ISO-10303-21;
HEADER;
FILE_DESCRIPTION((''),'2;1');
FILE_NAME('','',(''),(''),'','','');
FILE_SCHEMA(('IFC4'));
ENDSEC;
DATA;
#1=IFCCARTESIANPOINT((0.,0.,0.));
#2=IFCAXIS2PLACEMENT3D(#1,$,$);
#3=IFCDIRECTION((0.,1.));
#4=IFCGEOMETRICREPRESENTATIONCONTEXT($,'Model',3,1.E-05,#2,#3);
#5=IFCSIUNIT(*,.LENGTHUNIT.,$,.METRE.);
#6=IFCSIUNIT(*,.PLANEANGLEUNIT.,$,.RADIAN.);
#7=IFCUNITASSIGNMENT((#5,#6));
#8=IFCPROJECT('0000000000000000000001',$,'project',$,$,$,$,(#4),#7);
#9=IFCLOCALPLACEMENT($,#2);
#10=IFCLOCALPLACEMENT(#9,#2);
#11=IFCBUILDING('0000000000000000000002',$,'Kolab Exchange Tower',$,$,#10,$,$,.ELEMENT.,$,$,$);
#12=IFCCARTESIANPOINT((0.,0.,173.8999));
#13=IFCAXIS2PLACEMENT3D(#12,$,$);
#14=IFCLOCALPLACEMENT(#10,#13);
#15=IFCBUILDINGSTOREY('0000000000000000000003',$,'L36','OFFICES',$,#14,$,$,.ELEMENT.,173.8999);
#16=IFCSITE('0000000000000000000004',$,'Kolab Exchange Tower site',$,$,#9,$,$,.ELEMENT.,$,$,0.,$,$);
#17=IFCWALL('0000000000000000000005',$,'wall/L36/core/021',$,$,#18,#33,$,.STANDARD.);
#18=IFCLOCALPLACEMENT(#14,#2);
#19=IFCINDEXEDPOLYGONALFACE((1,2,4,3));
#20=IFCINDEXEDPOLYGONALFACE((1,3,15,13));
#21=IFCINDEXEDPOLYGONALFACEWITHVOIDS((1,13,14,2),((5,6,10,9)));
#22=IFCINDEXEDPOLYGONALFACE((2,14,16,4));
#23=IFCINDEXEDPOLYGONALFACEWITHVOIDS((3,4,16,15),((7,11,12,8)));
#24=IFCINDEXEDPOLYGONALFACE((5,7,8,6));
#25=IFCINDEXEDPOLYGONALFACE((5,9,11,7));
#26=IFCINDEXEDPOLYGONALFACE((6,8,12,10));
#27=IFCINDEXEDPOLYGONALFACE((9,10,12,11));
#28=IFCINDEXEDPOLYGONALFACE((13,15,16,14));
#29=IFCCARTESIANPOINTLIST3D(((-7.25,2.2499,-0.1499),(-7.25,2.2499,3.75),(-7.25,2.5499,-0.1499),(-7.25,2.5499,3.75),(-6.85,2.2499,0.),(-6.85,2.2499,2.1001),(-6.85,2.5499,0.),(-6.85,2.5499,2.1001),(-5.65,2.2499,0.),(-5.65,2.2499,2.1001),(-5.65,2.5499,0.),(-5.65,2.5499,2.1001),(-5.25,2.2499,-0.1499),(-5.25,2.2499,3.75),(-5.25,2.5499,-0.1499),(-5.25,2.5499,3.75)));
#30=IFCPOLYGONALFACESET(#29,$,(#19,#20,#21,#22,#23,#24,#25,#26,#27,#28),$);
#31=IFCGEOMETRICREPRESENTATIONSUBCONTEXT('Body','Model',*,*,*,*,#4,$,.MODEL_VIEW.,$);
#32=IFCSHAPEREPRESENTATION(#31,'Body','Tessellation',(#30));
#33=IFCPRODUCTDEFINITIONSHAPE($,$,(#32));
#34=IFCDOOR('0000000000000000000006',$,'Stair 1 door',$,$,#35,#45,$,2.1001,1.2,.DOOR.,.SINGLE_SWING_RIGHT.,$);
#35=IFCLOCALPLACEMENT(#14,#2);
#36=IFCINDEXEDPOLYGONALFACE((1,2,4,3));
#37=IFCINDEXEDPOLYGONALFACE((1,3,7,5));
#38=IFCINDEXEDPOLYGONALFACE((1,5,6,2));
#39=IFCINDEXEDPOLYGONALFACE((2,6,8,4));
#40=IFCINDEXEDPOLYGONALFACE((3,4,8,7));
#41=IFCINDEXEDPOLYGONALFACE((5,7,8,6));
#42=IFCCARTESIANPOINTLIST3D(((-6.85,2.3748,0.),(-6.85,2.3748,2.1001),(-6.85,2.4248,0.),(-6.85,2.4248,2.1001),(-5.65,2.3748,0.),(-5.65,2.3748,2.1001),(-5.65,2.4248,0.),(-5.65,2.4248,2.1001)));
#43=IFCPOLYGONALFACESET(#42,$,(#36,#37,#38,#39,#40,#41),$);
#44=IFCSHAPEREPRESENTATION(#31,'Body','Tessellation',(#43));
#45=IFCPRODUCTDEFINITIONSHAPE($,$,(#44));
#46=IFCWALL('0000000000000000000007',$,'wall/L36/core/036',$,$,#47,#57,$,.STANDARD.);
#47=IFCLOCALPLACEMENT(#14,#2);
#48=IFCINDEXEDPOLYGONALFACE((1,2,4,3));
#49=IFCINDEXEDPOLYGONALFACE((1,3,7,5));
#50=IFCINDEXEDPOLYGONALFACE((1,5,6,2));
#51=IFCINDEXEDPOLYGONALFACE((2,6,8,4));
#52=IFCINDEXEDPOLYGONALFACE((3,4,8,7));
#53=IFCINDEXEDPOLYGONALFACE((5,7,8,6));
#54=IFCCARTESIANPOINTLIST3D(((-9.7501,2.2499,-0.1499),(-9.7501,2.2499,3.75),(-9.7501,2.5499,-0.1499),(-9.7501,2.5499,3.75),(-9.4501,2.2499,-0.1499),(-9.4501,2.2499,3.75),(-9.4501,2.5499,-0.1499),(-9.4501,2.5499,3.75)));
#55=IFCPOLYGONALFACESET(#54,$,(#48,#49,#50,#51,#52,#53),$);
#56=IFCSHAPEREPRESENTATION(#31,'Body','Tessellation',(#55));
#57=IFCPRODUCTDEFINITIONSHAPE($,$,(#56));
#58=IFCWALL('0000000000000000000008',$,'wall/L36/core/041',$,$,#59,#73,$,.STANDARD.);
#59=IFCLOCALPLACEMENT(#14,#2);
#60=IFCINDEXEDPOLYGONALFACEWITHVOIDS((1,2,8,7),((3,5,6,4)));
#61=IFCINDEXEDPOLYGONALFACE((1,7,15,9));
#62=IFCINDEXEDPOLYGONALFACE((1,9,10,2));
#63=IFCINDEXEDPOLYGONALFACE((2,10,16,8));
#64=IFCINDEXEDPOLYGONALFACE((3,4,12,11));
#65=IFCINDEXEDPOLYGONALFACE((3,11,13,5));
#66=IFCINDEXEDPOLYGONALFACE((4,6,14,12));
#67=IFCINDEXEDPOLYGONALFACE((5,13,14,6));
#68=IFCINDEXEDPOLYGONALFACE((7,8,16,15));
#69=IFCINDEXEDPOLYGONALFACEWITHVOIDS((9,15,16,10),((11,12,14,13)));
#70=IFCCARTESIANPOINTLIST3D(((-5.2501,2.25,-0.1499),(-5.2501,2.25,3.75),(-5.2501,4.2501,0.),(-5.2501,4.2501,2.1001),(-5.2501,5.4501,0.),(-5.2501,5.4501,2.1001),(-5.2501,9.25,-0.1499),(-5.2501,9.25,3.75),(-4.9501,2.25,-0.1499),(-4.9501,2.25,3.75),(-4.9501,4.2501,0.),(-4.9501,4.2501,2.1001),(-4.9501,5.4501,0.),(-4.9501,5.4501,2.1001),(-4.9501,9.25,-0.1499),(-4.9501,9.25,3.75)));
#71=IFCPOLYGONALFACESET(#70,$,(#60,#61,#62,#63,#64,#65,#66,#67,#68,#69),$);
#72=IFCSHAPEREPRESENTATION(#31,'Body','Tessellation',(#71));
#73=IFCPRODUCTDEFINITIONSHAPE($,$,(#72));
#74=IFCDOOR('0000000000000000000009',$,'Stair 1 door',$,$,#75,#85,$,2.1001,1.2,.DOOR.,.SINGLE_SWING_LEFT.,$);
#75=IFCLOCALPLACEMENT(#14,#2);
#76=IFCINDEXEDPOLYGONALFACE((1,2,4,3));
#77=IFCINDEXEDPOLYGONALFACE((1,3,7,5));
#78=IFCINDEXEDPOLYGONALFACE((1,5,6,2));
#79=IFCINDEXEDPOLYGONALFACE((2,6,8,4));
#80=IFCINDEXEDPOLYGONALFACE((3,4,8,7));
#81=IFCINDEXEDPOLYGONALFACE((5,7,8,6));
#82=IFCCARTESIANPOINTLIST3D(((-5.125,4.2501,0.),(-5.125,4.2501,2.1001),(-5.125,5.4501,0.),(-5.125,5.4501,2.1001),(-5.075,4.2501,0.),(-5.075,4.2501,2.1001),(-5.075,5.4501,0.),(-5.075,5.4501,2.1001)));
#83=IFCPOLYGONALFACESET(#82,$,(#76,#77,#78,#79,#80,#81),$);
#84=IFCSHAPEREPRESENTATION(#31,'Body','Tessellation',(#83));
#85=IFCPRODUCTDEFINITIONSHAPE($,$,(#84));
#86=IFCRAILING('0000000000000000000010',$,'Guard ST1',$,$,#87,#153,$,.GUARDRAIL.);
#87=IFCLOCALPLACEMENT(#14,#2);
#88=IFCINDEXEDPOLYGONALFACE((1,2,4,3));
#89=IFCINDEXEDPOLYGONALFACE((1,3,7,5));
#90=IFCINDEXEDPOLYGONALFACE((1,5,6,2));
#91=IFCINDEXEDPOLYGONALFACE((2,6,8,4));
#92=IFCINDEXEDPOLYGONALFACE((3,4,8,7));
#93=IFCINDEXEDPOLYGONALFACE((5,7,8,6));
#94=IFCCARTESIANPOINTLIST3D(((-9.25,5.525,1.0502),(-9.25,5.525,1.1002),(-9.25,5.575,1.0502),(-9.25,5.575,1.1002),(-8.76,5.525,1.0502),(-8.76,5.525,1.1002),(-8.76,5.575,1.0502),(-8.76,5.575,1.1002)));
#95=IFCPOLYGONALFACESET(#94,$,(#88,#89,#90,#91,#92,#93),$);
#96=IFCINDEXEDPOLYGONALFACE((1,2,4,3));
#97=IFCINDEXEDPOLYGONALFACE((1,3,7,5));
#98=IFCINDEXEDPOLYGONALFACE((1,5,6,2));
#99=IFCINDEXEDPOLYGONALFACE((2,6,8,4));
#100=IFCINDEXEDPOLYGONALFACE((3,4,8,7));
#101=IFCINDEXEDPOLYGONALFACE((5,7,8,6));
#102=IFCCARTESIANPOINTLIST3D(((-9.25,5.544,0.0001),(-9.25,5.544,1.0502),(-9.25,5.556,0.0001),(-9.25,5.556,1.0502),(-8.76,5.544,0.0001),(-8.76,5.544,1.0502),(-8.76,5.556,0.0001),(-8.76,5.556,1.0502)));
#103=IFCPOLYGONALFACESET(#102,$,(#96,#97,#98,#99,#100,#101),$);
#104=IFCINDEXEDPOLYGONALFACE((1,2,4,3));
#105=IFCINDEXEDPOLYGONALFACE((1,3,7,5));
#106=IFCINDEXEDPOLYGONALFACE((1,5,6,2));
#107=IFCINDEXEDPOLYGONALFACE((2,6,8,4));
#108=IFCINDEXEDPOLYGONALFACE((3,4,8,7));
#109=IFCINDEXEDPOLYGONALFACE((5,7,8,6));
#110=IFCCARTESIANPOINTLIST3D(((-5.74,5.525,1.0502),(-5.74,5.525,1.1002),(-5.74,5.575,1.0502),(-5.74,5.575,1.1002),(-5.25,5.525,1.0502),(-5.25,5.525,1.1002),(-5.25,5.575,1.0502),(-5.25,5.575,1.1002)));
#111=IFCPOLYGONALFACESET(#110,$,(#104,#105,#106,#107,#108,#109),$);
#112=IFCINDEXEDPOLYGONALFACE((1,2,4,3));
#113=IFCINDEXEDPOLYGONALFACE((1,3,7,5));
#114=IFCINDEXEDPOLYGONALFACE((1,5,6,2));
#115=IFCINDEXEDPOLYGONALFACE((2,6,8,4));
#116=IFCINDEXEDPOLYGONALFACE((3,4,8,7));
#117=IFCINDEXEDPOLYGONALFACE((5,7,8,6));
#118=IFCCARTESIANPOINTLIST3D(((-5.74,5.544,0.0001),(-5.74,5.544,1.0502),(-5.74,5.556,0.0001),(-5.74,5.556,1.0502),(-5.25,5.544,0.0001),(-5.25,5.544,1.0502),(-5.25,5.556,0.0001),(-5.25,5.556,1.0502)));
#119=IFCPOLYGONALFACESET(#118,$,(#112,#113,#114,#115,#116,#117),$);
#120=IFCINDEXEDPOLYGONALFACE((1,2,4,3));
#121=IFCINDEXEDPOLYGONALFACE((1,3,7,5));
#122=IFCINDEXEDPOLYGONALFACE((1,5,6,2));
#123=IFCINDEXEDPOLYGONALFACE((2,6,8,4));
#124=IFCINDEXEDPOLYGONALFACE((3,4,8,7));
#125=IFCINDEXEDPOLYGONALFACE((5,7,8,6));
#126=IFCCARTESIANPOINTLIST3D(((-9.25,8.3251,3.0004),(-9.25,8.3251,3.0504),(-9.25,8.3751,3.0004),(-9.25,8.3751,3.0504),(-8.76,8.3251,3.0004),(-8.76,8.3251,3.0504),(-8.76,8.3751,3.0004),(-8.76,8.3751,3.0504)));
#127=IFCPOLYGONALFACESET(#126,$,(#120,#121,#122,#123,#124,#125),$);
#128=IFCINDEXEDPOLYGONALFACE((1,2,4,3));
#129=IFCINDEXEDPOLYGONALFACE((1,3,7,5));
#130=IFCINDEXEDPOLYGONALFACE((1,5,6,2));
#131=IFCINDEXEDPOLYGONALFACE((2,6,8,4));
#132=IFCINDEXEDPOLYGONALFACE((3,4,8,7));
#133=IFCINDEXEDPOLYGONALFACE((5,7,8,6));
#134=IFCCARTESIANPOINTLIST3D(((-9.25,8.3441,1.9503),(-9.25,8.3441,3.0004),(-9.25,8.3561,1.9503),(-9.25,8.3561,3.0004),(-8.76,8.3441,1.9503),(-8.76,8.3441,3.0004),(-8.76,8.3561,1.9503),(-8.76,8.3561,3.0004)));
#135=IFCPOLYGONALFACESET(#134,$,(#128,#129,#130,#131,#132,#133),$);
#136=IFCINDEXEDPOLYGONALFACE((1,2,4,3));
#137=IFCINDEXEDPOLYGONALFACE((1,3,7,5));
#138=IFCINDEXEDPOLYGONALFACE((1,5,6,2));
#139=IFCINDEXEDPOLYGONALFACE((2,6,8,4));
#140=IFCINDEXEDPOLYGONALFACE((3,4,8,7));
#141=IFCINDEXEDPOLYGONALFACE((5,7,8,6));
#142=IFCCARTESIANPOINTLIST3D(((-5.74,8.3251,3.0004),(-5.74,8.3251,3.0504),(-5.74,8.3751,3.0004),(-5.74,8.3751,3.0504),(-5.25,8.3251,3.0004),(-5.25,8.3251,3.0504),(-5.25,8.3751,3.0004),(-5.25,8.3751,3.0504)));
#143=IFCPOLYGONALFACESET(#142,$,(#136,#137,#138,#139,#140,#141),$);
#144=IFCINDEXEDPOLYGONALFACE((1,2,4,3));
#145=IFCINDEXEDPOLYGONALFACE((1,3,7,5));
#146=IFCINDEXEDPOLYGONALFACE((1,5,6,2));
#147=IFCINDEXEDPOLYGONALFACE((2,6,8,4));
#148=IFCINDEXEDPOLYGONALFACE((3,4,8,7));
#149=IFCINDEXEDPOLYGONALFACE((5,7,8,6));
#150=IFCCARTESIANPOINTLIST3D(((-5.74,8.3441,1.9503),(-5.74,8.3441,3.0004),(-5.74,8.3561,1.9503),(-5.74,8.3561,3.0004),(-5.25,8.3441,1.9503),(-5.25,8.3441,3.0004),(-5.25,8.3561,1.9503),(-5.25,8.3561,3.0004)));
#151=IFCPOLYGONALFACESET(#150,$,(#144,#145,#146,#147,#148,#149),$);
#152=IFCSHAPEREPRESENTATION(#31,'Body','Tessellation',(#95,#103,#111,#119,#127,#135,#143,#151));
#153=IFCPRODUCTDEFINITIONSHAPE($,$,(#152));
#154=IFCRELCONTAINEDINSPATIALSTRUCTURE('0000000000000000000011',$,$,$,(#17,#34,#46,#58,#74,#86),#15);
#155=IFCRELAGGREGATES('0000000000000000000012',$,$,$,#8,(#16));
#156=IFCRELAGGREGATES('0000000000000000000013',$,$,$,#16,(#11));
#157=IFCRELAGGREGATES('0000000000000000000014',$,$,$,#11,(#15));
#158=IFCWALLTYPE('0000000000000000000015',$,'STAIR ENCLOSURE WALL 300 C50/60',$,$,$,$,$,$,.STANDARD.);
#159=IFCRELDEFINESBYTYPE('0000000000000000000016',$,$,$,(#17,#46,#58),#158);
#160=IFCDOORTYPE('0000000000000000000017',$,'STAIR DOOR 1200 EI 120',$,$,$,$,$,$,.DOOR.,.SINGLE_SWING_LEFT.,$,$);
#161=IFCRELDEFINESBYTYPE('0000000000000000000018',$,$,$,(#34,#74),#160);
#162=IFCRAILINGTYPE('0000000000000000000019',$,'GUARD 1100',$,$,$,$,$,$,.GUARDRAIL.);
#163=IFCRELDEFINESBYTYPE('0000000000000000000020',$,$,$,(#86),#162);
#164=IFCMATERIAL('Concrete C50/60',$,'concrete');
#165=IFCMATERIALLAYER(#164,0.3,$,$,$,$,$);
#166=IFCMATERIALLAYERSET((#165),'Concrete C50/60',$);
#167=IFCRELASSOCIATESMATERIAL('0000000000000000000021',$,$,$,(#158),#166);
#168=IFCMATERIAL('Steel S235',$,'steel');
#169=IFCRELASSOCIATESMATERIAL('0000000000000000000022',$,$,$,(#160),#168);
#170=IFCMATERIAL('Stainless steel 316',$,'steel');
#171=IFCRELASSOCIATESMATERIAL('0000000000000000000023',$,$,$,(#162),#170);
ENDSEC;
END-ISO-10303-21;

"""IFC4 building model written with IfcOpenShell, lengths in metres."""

from ifc_helpers import new_model, si_unit, direction, frame, frame_2d, origin, origin_2d, place, context, subcontext, project, spatial, rectangle, extrude, material, layer, layer_set, type_object, element, fill, save


model = new_model("IFC4")

# Units and contexts
model_context = context("Model", 3, precision=1e-05, world=origin(), true_north=direction((0.0, 1.0)))
body_context = subcontext(model_context, "Body", "Model", "MODEL_VIEW")
ifc_project = project(units=[si_unit("LENGTHUNIT", "METRE"), si_unit("PLANEANGLEUNIT", "RADIAN")], contexts=[model_context])

# Site, building, storey
site_placement = place(None, origin())
site = spatial("IfcSite", under=ifc_project, at=site_placement, Name="Kolab Exchange Tower site", CompositionType="ELEMENT", RefElevation=0.0)
building_placement = place(site_placement, origin())
building = spatial("IfcBuilding", under=site, at=building_placement, Name="Kolab Exchange Tower", CompositionType="ELEMENT")
storey_placement = place(building_placement, frame((0.0, 0.0, 173.8999)))
storey = spatial("IfcBuildingStorey", under=building, at=storey_placement, Name="L36", Description="OFFICES", CompositionType="ELEMENT", Elevation=173.8999)

# Shared definitions
ifc_material_1 = material(Name="Concrete C50/60", Category="concrete")

# Shared definitions
ifc_material_2 = material(Name="Stainless steel 316", Category="steel")
ifc_material_3 = material(Name="Steel S235", Category="steel")

# Shared definitions
ifc_layer_1 = layer(ifc_material_1, 0.3)
ifc_layer_set_1 = layer_set([ifc_layer_1], Name="Concrete C50/60")
wall_type_1 = type_object("IfcWallType", Name="STAIR ENCLOSURE WALL 300 C50/60", PredefinedType="STANDARD", material=ifc_layer_set_1)

# Wall, opening, door
wall_1_placement = place(storey_placement, frame((-7.25, 2.3999, -0.1499), z_axis=(0.0, 0.0, 1.0), x_axis=(1.0, 0.0, 0.0)))
wall_1 = element("IfcWall", 1, at=wall_1_placement, inside=storey, type_object=wall_type_1, Name="wall/L36/core/021", PredefinedType="STANDARD", context=body_context, shape_type="SweptSolid", body=[
    extrude(rectangle(XDim=2.0, YDim=0.3, at=frame_2d((1.0, 0.0))), origin(), (0.0, 0.0, 1.0), 3.8999),
])
opening_1_placement = place(wall_1_placement, frame((0.3999, 0.0, 0.1499)))
opening_1 = element("IfcOpeningElement", 2, at=opening_1_placement, cuts=wall_1, PredefinedType="OPENING", context=body_context, shape_type="SweptSolid", body=[
    extrude(rectangle(XDim=1.2, YDim=2.1001, at=frame_2d((0.6001, 1.05))), frame((0.0, 0.1602, 0.0), z_axis=(0.0, -1.0, 0.0), x_axis=(1.0, 0.0, 0.0)), (0.0, 0.0, 1.0), 0.3201),
])
door_type_1 = type_object("IfcDoorType", Name="STAIR DOOR 1200 EI 120", OperationType="SINGLE_SWING_LEFT", PredefinedType="DOOR", material=ifc_material_3)
door_1_placement = place(opening_1_placement, origin())
door_1 = element("IfcDoor", 3, at=door_1_placement, inside=storey, type_object=door_type_1, Name="Stair 1 door", OperationType="SINGLE_SWING_RIGHT", OverallHeight=2.1001, OverallWidth=1.2, PredefinedType="DOOR", context=body_context, shape_type="SweptSolid", body=[
    extrude(rectangle(XDim=1.2, YDim=2.1001, at=frame_2d((0.6001, 1.05))), frame((0.0, 0.0249, 0.0), z_axis=(0.0, -1.0, 0.0), x_axis=(1.0, 0.0, 0.0)), (0.0, 0.0, 1.0), 0.05),
])
fill(opening_1, door_1)

# Wall
wall_2_placement = place(storey_placement, frame((-9.6001, 2.25, -0.1499), z_axis=(0.0, 0.0, 1.0), x_axis=(0.0, 1.0, 0.0)))
element("IfcWall", 4, at=wall_2_placement, inside=storey, type_object=wall_type_1, Name="wall/L36/core/036", PredefinedType="STANDARD", context=body_context, shape_type="SweptSolid", body=[
    extrude(rectangle(XDim=0.3, YDim=0.3, at=frame_2d((0.1499, 0.0))), origin(), (0.0, 0.0, 1.0), 3.8999),
])

# Wall, opening, door
wall_3_placement = place(storey_placement, frame((-5.1001, 2.25, -0.1499), z_axis=(0.0, 0.0, 1.0), x_axis=(0.0, 1.0, 0.0)))
wall_3 = element("IfcWall", 5, at=wall_3_placement, inside=storey, type_object=wall_type_1, Name="wall/L36/core/041", PredefinedType="STANDARD", context=body_context, shape_type="SweptSolid", body=[
    extrude(rectangle(XDim=7.0, YDim=0.3, at=frame_2d((3.5, 0.0))), origin(), (0.0, 0.0, 1.0), 3.8999),
])
opening_2_placement = place(wall_3_placement, frame((2.0, 0.0, 0.1499)))
opening_2 = element("IfcOpeningElement", 6, at=opening_2_placement, cuts=wall_3, PredefinedType="OPENING", context=body_context, shape_type="SweptSolid", body=[
    extrude(rectangle(XDim=1.2, YDim=2.1001, at=frame_2d((0.6001, 1.05))), frame((0.0, 0.1602, 0.0), z_axis=(0.0, -1.0, 0.0), x_axis=(1.0, 0.0, 0.0)), (0.0, 0.0, 1.0), 0.3201),
])
door_2_placement = place(opening_2_placement, origin())
door_2 = element("IfcDoor", 7, at=door_2_placement, inside=storey, type_object=door_type_1, Name="Stair 1 door", OperationType="SINGLE_SWING_LEFT", OverallHeight=2.1001, OverallWidth=1.2, PredefinedType="DOOR", context=body_context, shape_type="SweptSolid", body=[
    extrude(rectangle(XDim=1.2, YDim=2.1001, at=frame_2d((0.6001, 1.05))), frame((0.0, 0.0249, 0.0), z_axis=(0.0, -1.0, 0.0), x_axis=(1.0, 0.0, 0.0)), (0.0, 0.0, 1.0), 0.05),
])
fill(opening_2, door_2)

# Railing
railing_type = type_object("IfcRailingType", Name="GUARD 1100", PredefinedType="GUARDRAIL", material=ifc_material_2)
railing_placement = place(storey_placement, frame((-9.25, 5.55, 0.0)))
element("IfcRailing", 8, at=railing_placement, inside=storey, type_object=railing_type, Name="Guard ST1", PredefinedType="GUARDRAIL", context=body_context, shape_type="SweptSolid", body=[
    extrude(rectangle(XDim=0.05, YDim=0.05, at=origin_2d()), frame((0.0, 0.0, 1.0752), z_axis=(1.0, 0.0, 0.0), x_axis=(0.0, 1.0, 0.0)), (0.0, 0.0, 1.0), 0.49),
    extrude(rectangle(XDim=0.012, YDim=1.0501, at=frame_2d((0.0, 0.5251))), frame((0.0, 0.0, 0.0), z_axis=(1.0, 0.0, 0.0), x_axis=(0.0, 1.0, 0.0)), (0.0, 0.0, 1.0), 0.49),
    extrude(rectangle(XDim=0.05, YDim=0.05, at=origin_2d()), frame((3.51, 0.0, 1.0752), z_axis=(1.0, 0.0, 0.0), x_axis=(0.0, 1.0, 0.0)), (0.0, 0.0, 1.0), 0.49),
    extrude(rectangle(XDim=0.012, YDim=1.0501, at=frame_2d((0.0, 0.5251))), frame((3.51, 0.0, 0.0), z_axis=(1.0, 0.0, 0.0), x_axis=(0.0, 1.0, 0.0)), (0.0, 0.0, 1.0), 0.49),
    extrude(rectangle(XDim=0.05, YDim=0.05, at=origin_2d()), frame((0.0, 2.8, 3.0254), z_axis=(1.0, 0.0, 0.0), x_axis=(0.0, 1.0, 0.0)), (0.0, 0.0, 1.0), 0.49),
    extrude(rectangle(XDim=0.012, YDim=1.0501, at=frame_2d((0.0, 0.5251))), frame((0.0, 2.8, 1.9502), z_axis=(1.0, 0.0, 0.0), x_axis=(0.0, 1.0, 0.0)), (0.0, 0.0, 1.0), 0.49),
    extrude(rectangle(XDim=0.05, YDim=0.05, at=origin_2d()), frame((3.51, 2.8, 3.0254), z_axis=(1.0, 0.0, 0.0), x_axis=(0.0, 1.0, 0.0)), (0.0, 0.0, 1.0), 0.49),
    extrude(rectangle(XDim=0.012, YDim=1.0501, at=frame_2d((0.0, 0.5251))), frame((3.51, 2.8, 1.9502), z_axis=(1.0, 0.0, 0.0), x_axis=(0.0, 1.0, 0.0)), (0.0, 0.0, 1.0), 0.49),
])

save(model, "model.ifc")
